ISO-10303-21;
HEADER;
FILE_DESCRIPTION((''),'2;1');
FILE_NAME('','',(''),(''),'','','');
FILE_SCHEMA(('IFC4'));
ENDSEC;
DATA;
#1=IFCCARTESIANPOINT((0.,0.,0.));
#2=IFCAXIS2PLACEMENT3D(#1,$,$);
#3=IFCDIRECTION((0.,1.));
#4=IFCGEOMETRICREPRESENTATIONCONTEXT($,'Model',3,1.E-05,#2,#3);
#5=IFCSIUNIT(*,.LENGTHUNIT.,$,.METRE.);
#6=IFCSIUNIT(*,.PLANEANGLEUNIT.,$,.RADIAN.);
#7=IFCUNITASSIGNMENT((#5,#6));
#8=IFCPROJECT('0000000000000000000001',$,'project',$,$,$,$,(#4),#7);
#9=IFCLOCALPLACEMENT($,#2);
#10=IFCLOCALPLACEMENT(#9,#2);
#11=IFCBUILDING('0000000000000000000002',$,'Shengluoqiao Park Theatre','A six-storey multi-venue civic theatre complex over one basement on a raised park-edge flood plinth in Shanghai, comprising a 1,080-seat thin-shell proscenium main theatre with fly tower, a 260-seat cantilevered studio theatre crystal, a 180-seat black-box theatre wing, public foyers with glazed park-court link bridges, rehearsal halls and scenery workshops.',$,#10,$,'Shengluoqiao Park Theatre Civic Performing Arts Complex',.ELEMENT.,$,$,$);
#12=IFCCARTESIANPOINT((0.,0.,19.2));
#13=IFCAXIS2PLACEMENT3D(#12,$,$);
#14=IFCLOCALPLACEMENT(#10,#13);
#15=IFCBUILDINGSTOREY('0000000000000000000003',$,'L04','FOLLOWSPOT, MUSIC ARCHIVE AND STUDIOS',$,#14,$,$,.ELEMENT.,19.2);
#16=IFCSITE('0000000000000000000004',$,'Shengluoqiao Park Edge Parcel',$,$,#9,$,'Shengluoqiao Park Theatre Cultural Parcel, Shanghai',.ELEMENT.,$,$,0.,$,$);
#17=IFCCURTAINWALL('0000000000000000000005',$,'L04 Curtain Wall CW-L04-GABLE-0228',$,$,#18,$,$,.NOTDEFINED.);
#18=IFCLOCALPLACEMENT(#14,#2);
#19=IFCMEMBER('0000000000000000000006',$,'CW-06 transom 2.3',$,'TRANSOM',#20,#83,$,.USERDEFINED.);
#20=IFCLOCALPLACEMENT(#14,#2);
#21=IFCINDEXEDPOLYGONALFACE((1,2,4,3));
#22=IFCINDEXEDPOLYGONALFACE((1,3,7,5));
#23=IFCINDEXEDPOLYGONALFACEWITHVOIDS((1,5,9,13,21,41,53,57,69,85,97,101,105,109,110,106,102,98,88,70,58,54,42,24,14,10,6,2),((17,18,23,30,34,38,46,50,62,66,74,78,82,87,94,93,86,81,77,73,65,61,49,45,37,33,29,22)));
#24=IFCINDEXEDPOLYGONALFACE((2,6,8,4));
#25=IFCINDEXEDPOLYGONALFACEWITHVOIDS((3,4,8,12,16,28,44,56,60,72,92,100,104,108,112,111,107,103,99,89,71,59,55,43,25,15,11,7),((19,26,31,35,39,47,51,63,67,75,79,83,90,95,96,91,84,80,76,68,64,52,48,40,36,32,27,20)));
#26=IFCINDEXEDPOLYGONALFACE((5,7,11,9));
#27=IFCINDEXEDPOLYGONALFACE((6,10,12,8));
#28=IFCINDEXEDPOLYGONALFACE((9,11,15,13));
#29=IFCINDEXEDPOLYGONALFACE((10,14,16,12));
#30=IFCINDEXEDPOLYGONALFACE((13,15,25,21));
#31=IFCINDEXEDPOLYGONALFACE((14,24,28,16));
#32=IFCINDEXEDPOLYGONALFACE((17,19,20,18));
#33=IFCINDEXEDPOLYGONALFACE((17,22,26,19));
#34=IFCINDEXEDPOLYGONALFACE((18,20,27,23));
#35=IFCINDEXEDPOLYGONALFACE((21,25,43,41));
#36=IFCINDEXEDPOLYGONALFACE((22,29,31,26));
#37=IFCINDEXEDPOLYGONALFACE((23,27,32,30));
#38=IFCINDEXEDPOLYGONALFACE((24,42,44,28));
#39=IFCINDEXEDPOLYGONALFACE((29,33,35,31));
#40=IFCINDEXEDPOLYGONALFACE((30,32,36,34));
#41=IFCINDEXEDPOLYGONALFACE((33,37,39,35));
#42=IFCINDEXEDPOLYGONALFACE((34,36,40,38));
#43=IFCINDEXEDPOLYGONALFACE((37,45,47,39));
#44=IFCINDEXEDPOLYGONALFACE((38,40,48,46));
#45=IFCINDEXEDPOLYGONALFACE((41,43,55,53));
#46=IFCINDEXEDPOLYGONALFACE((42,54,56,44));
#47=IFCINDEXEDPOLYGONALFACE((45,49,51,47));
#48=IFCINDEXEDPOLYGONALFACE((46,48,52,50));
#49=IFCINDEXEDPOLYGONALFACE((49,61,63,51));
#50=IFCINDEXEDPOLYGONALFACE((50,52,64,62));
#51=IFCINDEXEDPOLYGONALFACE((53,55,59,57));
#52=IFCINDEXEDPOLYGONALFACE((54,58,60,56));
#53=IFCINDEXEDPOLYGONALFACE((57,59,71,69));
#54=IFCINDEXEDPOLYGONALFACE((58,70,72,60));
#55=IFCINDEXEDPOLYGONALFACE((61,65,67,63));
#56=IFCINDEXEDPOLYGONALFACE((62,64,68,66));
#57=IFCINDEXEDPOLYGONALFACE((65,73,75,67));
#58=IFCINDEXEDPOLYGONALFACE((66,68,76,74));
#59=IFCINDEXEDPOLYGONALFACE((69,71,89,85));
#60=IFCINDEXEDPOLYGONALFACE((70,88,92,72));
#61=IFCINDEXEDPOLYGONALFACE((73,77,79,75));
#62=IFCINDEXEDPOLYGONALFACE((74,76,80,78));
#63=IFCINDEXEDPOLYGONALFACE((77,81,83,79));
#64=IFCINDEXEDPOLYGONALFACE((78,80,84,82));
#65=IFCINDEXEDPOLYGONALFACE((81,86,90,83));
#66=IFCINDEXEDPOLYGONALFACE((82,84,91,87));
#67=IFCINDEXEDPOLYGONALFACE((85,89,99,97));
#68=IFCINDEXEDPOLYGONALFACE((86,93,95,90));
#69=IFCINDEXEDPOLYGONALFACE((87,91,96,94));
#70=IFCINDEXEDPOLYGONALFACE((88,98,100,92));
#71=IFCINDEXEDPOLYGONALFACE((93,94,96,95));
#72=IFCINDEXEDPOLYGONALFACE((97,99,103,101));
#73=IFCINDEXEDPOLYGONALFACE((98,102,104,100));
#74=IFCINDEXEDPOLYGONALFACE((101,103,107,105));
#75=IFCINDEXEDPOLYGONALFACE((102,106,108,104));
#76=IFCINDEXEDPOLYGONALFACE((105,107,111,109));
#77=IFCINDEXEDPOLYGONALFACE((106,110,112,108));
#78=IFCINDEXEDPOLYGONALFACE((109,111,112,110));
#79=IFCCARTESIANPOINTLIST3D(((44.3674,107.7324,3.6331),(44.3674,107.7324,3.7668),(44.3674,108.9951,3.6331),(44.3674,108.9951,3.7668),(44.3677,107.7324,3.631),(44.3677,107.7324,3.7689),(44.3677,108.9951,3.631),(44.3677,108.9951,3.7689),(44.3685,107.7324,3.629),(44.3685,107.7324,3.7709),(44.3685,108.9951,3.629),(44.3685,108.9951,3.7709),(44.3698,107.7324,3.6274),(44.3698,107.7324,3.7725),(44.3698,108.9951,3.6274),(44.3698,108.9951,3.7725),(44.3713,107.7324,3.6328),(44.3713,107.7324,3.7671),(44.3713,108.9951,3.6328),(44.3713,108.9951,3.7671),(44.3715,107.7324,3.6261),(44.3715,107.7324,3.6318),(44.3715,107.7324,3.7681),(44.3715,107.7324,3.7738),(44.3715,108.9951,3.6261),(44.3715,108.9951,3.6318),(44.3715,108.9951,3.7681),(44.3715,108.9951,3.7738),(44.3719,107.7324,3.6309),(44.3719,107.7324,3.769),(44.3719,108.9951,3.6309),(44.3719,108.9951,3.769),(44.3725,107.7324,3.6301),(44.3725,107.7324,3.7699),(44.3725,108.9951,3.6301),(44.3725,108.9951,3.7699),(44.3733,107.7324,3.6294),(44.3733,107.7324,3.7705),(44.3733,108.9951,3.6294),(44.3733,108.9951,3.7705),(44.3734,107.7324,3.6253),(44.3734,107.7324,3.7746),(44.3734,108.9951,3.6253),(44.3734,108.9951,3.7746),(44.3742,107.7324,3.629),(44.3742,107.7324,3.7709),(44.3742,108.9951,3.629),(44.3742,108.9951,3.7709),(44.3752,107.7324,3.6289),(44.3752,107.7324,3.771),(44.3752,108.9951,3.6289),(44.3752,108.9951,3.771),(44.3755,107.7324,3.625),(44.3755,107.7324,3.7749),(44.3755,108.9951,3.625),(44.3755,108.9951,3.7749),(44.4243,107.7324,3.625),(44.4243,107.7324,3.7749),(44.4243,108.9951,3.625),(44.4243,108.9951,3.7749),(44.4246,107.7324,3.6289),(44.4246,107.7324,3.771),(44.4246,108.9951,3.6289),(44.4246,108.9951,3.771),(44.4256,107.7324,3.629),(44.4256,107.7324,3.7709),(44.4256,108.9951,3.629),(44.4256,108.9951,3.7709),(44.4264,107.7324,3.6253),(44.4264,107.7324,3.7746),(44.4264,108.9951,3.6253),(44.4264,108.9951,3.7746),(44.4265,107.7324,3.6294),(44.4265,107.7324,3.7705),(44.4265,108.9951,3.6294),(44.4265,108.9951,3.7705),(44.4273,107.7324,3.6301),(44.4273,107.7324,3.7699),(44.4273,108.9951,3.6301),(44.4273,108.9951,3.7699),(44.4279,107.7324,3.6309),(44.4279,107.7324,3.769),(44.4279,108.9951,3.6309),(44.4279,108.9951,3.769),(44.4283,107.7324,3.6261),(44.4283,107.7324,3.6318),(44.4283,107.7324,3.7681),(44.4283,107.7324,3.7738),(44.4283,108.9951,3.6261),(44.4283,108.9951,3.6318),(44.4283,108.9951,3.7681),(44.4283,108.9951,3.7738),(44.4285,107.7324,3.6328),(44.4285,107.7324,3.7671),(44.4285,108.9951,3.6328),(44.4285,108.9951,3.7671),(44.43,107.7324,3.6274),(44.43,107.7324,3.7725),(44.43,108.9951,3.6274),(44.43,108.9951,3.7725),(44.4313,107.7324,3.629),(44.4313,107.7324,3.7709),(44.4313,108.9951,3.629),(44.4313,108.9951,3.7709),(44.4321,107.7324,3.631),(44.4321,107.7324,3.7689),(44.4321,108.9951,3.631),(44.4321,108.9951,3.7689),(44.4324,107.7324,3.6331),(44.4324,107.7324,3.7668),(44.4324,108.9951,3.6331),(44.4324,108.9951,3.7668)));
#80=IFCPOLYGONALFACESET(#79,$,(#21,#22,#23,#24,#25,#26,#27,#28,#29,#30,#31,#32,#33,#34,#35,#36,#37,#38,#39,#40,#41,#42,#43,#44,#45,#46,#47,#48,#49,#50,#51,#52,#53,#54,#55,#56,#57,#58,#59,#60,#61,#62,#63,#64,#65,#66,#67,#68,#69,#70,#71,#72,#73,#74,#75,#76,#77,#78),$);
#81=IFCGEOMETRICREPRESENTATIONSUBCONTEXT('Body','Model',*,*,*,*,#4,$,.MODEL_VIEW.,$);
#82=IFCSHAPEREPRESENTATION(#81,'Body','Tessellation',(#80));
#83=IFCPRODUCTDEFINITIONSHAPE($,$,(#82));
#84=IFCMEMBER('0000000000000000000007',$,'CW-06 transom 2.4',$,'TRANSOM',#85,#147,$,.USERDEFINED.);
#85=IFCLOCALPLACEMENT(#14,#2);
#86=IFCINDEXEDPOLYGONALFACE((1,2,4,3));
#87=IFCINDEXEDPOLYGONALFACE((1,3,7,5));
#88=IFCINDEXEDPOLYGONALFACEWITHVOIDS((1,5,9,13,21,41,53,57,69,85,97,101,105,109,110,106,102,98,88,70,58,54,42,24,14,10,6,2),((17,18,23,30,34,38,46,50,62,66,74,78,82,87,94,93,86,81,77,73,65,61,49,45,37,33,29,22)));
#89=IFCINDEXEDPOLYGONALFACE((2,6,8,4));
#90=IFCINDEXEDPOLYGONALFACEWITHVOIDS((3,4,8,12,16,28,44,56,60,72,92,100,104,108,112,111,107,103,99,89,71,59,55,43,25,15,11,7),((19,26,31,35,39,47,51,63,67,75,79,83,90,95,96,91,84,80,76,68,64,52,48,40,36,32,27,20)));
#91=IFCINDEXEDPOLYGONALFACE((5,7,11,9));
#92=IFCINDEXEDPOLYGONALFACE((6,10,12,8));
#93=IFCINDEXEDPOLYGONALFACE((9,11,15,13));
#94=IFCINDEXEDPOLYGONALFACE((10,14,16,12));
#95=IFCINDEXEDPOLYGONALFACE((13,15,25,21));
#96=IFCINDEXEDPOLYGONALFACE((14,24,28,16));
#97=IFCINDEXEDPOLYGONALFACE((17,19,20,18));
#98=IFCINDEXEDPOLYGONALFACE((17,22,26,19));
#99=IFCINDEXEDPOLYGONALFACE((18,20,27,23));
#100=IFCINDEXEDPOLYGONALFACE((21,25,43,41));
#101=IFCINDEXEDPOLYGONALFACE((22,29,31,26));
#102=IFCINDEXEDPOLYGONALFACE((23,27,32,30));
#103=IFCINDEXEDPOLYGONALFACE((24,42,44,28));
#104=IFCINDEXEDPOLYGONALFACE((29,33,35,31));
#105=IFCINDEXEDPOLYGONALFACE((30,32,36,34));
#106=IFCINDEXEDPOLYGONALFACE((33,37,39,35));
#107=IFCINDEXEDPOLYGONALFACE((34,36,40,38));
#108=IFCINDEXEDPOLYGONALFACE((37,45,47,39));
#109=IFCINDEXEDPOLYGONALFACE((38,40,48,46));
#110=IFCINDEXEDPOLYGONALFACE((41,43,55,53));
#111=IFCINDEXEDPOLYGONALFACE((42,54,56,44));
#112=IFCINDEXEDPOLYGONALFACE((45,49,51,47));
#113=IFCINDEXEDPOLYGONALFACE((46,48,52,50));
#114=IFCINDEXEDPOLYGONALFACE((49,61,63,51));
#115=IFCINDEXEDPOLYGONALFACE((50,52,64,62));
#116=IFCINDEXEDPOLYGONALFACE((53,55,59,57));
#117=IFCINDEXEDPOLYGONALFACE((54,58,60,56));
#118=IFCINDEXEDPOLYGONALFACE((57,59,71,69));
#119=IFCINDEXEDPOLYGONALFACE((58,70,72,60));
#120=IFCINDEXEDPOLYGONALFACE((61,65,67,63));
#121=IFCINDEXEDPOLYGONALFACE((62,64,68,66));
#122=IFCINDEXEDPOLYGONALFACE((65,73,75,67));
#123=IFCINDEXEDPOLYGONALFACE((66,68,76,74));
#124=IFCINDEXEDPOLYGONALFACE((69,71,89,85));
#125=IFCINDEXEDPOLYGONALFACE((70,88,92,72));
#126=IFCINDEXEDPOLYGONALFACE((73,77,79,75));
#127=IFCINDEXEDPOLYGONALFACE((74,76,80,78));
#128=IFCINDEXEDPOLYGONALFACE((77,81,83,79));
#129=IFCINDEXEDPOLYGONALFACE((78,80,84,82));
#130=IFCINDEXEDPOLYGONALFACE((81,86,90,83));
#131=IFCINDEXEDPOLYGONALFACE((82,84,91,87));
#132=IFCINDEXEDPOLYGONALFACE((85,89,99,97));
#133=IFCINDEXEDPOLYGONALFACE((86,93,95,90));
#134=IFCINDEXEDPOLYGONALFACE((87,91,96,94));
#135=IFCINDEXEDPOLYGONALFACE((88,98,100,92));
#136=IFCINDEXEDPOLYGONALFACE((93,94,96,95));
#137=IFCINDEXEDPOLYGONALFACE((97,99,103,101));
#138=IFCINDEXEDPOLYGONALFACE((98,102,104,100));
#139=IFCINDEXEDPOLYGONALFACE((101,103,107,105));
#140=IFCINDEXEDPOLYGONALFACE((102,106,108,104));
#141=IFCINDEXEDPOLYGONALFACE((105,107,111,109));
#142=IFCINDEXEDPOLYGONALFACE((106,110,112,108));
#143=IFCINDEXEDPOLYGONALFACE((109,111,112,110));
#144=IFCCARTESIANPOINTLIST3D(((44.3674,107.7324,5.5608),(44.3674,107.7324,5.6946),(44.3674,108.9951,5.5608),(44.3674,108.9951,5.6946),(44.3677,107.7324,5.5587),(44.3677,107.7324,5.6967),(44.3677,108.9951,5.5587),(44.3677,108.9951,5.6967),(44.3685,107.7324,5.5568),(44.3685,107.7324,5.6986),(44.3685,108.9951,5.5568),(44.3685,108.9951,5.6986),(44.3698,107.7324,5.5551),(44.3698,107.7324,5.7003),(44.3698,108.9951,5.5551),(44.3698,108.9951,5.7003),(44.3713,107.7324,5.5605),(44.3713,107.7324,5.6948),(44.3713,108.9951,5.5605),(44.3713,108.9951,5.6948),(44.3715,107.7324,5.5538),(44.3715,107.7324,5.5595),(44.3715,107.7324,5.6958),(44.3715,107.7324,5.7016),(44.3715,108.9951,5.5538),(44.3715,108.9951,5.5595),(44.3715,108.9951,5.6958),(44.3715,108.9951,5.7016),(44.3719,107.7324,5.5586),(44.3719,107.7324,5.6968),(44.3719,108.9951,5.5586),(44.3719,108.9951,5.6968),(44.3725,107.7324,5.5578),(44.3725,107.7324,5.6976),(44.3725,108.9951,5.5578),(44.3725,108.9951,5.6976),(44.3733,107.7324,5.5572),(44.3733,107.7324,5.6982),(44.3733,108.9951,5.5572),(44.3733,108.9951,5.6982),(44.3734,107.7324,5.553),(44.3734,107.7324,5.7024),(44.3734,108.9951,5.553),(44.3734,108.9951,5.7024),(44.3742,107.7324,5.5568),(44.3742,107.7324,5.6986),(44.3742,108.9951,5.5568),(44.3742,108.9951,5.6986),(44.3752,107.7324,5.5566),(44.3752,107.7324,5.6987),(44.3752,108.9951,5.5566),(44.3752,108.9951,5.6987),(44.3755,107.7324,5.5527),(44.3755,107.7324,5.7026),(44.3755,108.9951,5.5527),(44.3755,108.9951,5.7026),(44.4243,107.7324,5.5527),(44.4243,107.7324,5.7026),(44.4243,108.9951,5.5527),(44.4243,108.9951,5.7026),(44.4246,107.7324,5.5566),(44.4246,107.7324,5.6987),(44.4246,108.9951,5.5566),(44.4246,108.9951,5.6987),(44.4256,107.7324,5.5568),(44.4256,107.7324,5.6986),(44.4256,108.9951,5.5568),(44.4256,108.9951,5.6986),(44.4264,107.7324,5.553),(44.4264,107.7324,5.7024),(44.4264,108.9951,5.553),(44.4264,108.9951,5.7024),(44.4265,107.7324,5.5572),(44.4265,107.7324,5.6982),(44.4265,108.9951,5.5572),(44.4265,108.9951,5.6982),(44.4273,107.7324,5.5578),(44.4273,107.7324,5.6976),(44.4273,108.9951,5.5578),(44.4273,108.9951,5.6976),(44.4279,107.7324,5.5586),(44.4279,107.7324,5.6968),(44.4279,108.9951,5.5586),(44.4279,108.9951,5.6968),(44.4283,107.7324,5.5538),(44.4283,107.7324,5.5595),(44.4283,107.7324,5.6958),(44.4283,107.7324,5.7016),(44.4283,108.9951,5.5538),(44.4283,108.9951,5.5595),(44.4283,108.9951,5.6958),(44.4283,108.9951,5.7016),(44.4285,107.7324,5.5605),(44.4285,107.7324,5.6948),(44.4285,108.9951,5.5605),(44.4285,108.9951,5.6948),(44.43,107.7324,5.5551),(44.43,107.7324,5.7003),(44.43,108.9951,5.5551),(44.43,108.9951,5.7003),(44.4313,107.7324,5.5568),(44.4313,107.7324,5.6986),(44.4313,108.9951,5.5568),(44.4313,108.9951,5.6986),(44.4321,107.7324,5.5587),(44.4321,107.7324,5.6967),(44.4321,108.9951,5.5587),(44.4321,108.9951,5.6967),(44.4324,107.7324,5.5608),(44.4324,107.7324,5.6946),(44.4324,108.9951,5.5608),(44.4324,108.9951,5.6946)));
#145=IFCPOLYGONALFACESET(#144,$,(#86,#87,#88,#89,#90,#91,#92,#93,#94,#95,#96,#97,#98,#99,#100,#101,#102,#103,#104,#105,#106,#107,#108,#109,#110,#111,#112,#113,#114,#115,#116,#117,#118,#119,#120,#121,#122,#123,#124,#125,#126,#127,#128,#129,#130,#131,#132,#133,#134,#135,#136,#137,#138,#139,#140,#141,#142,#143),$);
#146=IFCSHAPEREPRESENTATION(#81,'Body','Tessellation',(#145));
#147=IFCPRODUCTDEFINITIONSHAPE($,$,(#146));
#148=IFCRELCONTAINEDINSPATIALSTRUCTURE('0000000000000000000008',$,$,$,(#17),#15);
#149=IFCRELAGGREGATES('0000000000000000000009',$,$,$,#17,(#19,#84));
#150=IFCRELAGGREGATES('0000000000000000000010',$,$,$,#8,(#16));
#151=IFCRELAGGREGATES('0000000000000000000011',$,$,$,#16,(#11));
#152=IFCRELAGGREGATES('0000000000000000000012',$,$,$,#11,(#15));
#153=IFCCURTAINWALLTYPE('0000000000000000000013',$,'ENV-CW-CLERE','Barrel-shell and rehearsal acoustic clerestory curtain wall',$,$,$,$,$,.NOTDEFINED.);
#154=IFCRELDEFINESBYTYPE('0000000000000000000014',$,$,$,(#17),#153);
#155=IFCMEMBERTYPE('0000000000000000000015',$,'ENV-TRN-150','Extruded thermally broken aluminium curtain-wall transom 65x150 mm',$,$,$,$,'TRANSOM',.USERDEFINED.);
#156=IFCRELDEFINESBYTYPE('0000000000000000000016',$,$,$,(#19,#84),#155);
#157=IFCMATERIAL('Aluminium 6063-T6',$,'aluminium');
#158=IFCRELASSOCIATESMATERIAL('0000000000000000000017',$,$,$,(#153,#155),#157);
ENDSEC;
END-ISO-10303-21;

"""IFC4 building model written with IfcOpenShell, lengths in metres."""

from ifc_helpers import new_model, si_unit, direction, frame, origin, origin_2d, place, context, subcontext, project, spatial, hollow_rectangle, extrude, material, material_profile, profile_set, type_object, element, aggregate, save


model = new_model("IFC4")

# Units and contexts
model_context = context("Model", 3, precision=1e-05, world=origin(), true_north=direction((0.0, 1.0)))
body_context = subcontext(model_context, "Body", "Model", "MODEL_VIEW")
ifc_project = project(units=[si_unit("LENGTHUNIT", "METRE"), si_unit("PLANEANGLEUNIT", "RADIAN")], contexts=[model_context])

# Site, building, storey
site_placement = place(None, origin())
site = spatial("IfcSite", under=ifc_project, at=site_placement, Name="Shengluoqiao Park Edge Parcel", LongName="Shengluoqiao Park Theatre Cultural Parcel, Shanghai", CompositionType="ELEMENT", RefElevation=0.0)
building_placement = place(site_placement, origin())
building = spatial("IfcBuilding", under=site, at=building_placement, Name="Shengluoqiao Park Theatre", Description="A six-storey multi-venue civic theatre complex over one basement on a raised park-edge flood plinth in Shanghai, comprising a 1,080-seat thin-shell proscenium main theatre with fly tower, a 260-seat cantilevered studio theatre crystal, a 180-seat black-box theatre wing, public foyers with glazed park-court link bridges, rehearsal halls and scenery workshops.", LongName="Shengluoqiao Park Theatre Civic Performing Arts Complex", CompositionType="ELEMENT")
storey_placement = place(building_placement, frame((0.0, 0.0, 19.2)))
storey = spatial("IfcBuildingStorey", under=building, at=storey_placement, Name="L04", Description="FOLLOWSPOT, MUSIC ARCHIVE AND STUDIOS", CompositionType="ELEMENT", Elevation=19.2)

# Curtain wall, members
ifc_material_1 = material(Name="Aluminium 6063-T6", Category="aluminium")
curtain_wall_type = type_object("IfcCurtainWallType", Name="ENV-CW-CLERE", Description="Barrel-shell and rehearsal acoustic clerestory curtain wall", PredefinedType="NOTDEFINED", material=ifc_material_1)
ifc_material_profile = material_profile(ifc_material_1, hollow_rectangle(XDim=0.0649, YDim=0.1499, WallThickness=0.0039, InnerFilletRadius=0.0039, OuterFilletRadius=0.0081, at=origin_2d()), Name="ALU TRANSOM 150x65x4")
ifc_profile_set = profile_set([ifc_material_profile], Name="Aluminium 6063-T6")
member_type = type_object("IfcMemberType", Name="ENV-TRN-150", Description="Extruded thermally broken aluminium curtain-wall transom 65x150 mm", ElementType="TRANSOM", PredefinedType="USERDEFINED", material=ifc_profile_set)
curtain_wall_1_placement = place(storey_placement, origin())
curtain_wall_1 = element("IfcCurtainWall", 1, at=curtain_wall_1_placement, inside=storey, type_object=curtain_wall_type, Name="L04 Curtain Wall CW-L04-GABLE-0228", PredefinedType="NOTDEFINED")
member_1_placement = place(storey_placement, frame((44.3999, 107.7324, 3.7), z_axis=(0.0, 1.0, 0.0), x_axis=(-1.0, 0.0, 0.0)))
member_1 = element("IfcMember", 2, at=member_1_placement, type_object=member_type, Name="CW-06 transom 2.3", ObjectType="TRANSOM", PredefinedType="USERDEFINED", context=body_context, shape_type="SweptSolid", body=[
    extrude(hollow_rectangle(XDim=0.0649, YDim=0.1499, WallThickness=0.0039, InnerFilletRadius=0.0039, OuterFilletRadius=0.0081, at=origin_2d()), origin(), (0.0, 0.0, 1.0), 1.2627),
])
member_2_placement = place(storey_placement, frame((44.3999, 107.7324, 5.6277), z_axis=(0.0, 1.0, 0.0), x_axis=(-1.0, 0.0, 0.0)))
member_2 = element("IfcMember", 3, at=member_2_placement, type_object=member_type, Name="CW-06 transom 2.4", ObjectType="TRANSOM", PredefinedType="USERDEFINED", context=body_context, shape_type="SweptSolid", body=[
    extrude(hollow_rectangle(XDim=0.0649, YDim=0.1499, WallThickness=0.0039, InnerFilletRadius=0.0039, OuterFilletRadius=0.0081, at=origin_2d()), origin(), (0.0, 0.0, 1.0), 1.2627),
])

aggregate(curtain_wall_1, [member_1, member_2])

save(model, "model.ifc")
